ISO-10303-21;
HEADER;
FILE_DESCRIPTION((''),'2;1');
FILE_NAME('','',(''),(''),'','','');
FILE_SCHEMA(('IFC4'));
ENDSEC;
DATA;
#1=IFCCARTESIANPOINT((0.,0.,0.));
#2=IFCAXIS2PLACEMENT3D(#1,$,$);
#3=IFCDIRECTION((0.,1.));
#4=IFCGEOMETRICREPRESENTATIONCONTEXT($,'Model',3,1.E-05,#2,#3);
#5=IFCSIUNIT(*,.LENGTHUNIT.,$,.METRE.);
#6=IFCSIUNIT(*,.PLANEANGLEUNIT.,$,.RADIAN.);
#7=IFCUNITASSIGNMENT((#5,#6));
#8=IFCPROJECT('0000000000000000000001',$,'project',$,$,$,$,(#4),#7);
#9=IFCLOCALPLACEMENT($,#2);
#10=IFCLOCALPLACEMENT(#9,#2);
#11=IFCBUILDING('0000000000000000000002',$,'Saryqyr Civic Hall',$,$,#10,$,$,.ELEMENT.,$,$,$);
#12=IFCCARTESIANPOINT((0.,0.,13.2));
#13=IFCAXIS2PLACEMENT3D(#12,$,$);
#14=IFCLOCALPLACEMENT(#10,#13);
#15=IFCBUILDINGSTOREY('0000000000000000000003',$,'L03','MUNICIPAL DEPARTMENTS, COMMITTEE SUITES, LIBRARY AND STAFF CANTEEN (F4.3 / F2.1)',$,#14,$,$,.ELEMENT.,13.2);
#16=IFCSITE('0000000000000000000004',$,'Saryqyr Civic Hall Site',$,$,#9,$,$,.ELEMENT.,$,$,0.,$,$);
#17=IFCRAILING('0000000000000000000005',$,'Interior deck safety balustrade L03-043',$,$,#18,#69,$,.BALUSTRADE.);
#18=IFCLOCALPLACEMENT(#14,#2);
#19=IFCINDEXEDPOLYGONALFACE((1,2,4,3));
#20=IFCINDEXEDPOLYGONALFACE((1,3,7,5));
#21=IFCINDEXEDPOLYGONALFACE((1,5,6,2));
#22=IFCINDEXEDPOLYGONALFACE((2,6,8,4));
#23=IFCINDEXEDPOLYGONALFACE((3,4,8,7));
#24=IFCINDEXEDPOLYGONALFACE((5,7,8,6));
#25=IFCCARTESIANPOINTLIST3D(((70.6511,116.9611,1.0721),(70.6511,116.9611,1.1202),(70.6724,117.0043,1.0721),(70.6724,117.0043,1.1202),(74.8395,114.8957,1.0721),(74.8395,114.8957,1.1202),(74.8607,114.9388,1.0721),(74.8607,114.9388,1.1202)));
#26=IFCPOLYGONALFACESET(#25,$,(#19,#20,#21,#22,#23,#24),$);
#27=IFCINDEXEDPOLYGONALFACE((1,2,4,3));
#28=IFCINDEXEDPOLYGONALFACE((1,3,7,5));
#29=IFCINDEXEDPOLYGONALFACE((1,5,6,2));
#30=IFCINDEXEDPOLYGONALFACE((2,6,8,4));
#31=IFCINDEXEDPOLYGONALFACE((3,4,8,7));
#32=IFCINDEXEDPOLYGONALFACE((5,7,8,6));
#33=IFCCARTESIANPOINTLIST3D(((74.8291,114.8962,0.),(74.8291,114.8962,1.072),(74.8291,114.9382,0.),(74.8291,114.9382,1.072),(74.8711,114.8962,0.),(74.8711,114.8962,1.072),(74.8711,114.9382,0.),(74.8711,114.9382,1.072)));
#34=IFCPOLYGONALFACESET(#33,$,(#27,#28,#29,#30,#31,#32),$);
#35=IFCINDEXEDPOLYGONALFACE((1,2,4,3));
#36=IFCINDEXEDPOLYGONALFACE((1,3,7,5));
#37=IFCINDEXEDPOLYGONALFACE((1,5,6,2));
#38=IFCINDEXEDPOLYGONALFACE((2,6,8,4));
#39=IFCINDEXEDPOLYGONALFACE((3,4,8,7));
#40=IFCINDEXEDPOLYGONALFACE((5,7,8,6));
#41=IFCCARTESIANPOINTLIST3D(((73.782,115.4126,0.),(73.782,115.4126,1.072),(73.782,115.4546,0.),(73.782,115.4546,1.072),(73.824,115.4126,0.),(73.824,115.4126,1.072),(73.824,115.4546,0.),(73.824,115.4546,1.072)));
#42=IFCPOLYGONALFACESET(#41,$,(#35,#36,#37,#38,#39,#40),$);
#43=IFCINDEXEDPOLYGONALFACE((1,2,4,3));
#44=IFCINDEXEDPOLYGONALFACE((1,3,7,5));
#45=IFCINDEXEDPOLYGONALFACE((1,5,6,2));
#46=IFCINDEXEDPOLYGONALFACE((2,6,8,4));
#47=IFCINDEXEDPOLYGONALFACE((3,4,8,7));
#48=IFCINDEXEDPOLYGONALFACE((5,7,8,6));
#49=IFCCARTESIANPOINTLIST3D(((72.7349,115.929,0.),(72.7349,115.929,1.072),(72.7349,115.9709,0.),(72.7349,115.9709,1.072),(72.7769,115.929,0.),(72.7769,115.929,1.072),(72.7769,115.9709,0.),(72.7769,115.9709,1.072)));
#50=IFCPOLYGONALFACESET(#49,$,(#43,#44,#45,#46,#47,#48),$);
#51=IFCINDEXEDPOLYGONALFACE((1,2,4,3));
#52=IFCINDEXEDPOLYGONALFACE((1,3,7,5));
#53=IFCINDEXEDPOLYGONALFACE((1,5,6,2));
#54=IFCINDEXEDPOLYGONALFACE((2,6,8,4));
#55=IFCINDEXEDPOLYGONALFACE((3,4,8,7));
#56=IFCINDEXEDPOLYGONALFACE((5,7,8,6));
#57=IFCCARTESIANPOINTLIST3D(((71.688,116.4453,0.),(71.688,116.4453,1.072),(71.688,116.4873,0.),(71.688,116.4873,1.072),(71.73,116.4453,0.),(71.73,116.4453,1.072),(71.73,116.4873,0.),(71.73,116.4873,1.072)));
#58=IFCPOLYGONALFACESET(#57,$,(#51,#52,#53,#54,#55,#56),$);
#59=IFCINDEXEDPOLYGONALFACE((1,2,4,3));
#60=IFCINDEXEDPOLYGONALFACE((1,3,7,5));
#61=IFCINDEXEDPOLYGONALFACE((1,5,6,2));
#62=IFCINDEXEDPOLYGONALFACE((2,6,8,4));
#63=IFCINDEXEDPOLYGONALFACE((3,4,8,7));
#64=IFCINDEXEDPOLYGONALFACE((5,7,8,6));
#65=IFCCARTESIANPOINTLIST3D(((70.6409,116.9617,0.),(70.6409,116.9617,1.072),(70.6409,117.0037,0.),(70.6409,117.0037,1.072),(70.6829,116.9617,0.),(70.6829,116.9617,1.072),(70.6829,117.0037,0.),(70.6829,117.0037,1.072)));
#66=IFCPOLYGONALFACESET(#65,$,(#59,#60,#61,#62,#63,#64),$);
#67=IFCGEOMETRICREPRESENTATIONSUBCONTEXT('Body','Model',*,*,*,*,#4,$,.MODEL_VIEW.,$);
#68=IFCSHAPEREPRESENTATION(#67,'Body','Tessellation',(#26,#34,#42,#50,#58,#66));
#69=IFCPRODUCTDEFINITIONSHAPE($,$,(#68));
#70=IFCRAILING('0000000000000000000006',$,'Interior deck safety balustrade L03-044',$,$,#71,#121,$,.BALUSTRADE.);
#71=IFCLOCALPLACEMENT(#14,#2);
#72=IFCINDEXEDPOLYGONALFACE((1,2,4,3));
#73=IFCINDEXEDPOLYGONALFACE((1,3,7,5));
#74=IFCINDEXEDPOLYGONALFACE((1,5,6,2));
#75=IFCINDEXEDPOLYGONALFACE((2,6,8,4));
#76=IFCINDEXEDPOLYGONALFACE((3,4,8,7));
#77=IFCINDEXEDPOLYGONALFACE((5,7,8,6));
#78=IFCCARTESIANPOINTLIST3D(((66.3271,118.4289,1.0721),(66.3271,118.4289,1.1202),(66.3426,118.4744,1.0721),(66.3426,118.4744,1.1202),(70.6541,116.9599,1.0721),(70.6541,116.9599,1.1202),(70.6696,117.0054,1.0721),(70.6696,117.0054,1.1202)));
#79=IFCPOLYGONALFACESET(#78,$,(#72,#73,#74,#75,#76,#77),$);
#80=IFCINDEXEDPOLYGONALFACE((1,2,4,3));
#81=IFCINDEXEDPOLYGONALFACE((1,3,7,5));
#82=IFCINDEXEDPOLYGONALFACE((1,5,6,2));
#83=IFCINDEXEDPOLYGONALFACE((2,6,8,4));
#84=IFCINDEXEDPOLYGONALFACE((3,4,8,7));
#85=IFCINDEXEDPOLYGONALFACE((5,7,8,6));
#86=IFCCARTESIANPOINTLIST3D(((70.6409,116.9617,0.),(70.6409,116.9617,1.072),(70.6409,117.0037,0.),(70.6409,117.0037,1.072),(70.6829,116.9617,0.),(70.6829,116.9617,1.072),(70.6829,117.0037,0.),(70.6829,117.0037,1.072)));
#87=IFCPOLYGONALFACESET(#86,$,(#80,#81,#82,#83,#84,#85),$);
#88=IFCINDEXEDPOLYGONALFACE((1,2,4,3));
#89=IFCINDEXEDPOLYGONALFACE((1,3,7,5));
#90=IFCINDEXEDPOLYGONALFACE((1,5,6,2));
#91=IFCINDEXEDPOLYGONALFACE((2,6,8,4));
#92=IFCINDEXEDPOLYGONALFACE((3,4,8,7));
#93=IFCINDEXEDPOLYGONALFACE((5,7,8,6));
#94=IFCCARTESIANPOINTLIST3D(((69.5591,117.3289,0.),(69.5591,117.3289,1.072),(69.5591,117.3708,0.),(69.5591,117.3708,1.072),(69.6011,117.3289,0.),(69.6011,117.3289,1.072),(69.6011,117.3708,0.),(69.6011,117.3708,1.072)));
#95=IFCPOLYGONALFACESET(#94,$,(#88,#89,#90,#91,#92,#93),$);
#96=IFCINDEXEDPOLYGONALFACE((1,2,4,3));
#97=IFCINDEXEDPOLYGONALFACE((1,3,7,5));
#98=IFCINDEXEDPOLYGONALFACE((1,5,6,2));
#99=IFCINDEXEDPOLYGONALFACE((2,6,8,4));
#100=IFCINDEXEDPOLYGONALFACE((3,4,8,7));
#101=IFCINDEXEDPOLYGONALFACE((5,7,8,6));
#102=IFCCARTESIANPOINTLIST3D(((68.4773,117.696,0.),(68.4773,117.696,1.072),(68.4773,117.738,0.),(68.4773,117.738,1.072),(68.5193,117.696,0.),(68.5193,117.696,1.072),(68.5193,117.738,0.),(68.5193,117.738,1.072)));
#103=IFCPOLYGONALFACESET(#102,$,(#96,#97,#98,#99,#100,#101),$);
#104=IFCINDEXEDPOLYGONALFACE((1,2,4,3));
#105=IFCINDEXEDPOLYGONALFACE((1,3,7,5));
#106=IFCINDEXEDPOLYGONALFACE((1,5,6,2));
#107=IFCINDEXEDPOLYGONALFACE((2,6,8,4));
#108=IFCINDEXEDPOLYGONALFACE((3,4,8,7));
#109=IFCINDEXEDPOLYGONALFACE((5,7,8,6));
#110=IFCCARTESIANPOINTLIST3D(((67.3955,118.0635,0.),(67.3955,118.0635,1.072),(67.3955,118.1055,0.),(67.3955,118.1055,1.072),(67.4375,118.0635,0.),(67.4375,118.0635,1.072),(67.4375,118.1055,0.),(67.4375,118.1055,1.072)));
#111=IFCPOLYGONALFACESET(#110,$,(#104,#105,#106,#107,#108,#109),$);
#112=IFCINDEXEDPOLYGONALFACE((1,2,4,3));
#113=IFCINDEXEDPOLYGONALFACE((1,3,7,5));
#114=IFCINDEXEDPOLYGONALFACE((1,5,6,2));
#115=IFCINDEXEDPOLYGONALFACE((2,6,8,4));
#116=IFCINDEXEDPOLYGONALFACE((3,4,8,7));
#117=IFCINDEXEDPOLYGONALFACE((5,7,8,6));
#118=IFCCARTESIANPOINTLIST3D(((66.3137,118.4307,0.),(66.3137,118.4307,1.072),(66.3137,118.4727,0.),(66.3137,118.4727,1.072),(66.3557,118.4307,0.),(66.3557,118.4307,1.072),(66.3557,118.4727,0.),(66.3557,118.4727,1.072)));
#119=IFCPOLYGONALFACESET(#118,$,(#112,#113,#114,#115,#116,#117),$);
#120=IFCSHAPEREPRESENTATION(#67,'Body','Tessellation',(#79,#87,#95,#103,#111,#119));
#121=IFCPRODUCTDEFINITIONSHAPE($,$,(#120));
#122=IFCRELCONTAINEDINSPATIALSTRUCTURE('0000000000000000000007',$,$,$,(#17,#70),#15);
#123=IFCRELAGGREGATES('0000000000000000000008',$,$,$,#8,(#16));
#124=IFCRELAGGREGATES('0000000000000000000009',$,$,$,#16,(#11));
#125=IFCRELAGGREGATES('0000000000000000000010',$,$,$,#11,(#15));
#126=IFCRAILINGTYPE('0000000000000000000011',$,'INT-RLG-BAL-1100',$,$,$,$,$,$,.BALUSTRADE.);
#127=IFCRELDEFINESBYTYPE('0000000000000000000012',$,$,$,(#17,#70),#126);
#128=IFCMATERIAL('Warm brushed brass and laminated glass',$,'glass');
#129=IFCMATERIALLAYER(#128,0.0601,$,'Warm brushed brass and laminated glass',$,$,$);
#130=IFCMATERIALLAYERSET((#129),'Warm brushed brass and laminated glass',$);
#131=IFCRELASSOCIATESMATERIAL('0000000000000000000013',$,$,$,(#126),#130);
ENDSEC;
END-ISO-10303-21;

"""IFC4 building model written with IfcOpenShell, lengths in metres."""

from ifc_helpers import new_model, si_unit, direction, frame, origin, origin_2d, place, context, subcontext, project, spatial, rectangle, extrude, material, layer, layer_set, type_object, element, save


model = new_model("IFC4")

# Units and contexts
model_context = context("Model", 3, precision=1e-05, world=origin(), true_north=direction((0.0, 1.0)))
body_context = subcontext(model_context, "Body", "Model", "MODEL_VIEW")
ifc_project = project(units=[si_unit("LENGTHUNIT", "METRE"), si_unit("PLANEANGLEUNIT", "RADIAN")], contexts=[model_context])

# Site, building, storey
site_placement = place(None, origin())
site = spatial("IfcSite", under=ifc_project, at=site_placement, Name="Saryqyr Civic Hall Site", CompositionType="ELEMENT", RefElevation=0.0)
building_placement = place(site_placement, origin())
building = spatial("IfcBuilding", under=site, at=building_placement, Name="Saryqyr Civic Hall", CompositionType="ELEMENT")
storey_placement = place(building_placement, frame((0.0, 0.0, 13.2)))
storey = spatial("IfcBuildingStorey", under=building, at=storey_placement, Name="L03", Description="MUNICIPAL DEPARTMENTS, COMMITTEE SUITES, LIBRARY AND STAFF CANTEEN (F4.3 / F2.1)", CompositionType="ELEMENT", Elevation=13.2)

# Railings
ifc_material_1 = material(Name="Warm brushed brass and laminated glass", Category="glass")
ifc_layer_1 = layer(ifc_material_1, 0.0601, Name="Warm brushed brass and laminated glass")
ifc_layer_set_1 = layer_set([ifc_layer_1], Name="Warm brushed brass and laminated glass")
railing_type = type_object("IfcRailingType", Name="INT-RLG-BAL-1100", PredefinedType="BALUSTRADE", material=ifc_layer_set_1)
railing_1_placement = place(storey_placement, frame((74.8501, 114.9172, 0.0)))
element("IfcRailing", 1, at=railing_1_placement, inside=storey, type_object=railing_type, Name="Interior deck safety balustrade L03-043", PredefinedType="BALUSTRADE", context=body_context, shape_type="SweptSolid", body=[
    extrude(rectangle(XDim=0.0481, YDim=0.0481, at=origin_2d()), frame((0.0, 0.0, 1.0962), z_axis=(-0.896871, 0.442292, 0.0), x_axis=(-0.442292, -0.896871, 0.0)), (0.0, 0.0, 1.0), 4.6699),
    extrude(rectangle(XDim=0.042, YDim=0.042, at=origin_2d()), origin(), (0.0, 0.0, 1.0), 1.072),
    extrude(rectangle(XDim=0.042, YDim=0.042, at=origin_2d()), frame((-1.0471, 0.5164, 0.0)), (0.0, 0.0, 1.0), 1.072),
    extrude(rectangle(XDim=0.042, YDim=0.042, at=origin_2d()), frame((-2.0942, 1.0327, 0.0)), (0.0, 0.0, 1.0), 1.072),
    extrude(rectangle(XDim=0.042, YDim=0.042, at=origin_2d()), frame((-3.1411, 1.5491, 0.0)), (0.0, 0.0, 1.0), 1.072),
    extrude(rectangle(XDim=0.042, YDim=0.042, at=origin_2d()), frame((-4.1882, 2.0654, 0.0)), (0.0, 0.0, 1.0), 1.072),
])
railing_2_placement = place(storey_placement, frame((70.6619, 116.9827, 0.0)))
element("IfcRailing", 2, at=railing_2_placement, inside=storey, type_object=railing_type, Name="Interior deck safety balustrade L03-044", PredefinedType="BALUSTRADE", context=body_context, shape_type="SweptSolid", body=[
    extrude(rectangle(XDim=0.0481, YDim=0.0481, at=origin_2d()), frame((0.0, 0.0, 1.0962), z_axis=(-0.946922, 0.321464, 0.0), x_axis=(-0.321464, -0.946922, 0.0)), (0.0, 0.0, 1.0), 4.5696),
    extrude(rectangle(XDim=0.042, YDim=0.042, at=origin_2d()), origin(), (0.0, 0.0, 1.0), 1.072),
    extrude(rectangle(XDim=0.042, YDim=0.042, at=origin_2d()), frame((-1.0818, 0.3672, 0.0)), (0.0, 0.0, 1.0), 1.072),
    extrude(rectangle(XDim=0.042, YDim=0.042, at=origin_2d()), frame((-2.1636, 0.7344, 0.0)), (0.0, 0.0, 1.0), 1.072),
    extrude(rectangle(XDim=0.042, YDim=0.042, at=origin_2d()), frame((-3.2454, 1.1018, 0.0)), (0.0, 0.0, 1.0), 1.072),
    extrude(rectangle(XDim=0.042, YDim=0.042, at=origin_2d()), frame((-4.3271, 1.469, 0.0)), (0.0, 0.0, 1.0), 1.072),
])

save(model, "model.ifc")
